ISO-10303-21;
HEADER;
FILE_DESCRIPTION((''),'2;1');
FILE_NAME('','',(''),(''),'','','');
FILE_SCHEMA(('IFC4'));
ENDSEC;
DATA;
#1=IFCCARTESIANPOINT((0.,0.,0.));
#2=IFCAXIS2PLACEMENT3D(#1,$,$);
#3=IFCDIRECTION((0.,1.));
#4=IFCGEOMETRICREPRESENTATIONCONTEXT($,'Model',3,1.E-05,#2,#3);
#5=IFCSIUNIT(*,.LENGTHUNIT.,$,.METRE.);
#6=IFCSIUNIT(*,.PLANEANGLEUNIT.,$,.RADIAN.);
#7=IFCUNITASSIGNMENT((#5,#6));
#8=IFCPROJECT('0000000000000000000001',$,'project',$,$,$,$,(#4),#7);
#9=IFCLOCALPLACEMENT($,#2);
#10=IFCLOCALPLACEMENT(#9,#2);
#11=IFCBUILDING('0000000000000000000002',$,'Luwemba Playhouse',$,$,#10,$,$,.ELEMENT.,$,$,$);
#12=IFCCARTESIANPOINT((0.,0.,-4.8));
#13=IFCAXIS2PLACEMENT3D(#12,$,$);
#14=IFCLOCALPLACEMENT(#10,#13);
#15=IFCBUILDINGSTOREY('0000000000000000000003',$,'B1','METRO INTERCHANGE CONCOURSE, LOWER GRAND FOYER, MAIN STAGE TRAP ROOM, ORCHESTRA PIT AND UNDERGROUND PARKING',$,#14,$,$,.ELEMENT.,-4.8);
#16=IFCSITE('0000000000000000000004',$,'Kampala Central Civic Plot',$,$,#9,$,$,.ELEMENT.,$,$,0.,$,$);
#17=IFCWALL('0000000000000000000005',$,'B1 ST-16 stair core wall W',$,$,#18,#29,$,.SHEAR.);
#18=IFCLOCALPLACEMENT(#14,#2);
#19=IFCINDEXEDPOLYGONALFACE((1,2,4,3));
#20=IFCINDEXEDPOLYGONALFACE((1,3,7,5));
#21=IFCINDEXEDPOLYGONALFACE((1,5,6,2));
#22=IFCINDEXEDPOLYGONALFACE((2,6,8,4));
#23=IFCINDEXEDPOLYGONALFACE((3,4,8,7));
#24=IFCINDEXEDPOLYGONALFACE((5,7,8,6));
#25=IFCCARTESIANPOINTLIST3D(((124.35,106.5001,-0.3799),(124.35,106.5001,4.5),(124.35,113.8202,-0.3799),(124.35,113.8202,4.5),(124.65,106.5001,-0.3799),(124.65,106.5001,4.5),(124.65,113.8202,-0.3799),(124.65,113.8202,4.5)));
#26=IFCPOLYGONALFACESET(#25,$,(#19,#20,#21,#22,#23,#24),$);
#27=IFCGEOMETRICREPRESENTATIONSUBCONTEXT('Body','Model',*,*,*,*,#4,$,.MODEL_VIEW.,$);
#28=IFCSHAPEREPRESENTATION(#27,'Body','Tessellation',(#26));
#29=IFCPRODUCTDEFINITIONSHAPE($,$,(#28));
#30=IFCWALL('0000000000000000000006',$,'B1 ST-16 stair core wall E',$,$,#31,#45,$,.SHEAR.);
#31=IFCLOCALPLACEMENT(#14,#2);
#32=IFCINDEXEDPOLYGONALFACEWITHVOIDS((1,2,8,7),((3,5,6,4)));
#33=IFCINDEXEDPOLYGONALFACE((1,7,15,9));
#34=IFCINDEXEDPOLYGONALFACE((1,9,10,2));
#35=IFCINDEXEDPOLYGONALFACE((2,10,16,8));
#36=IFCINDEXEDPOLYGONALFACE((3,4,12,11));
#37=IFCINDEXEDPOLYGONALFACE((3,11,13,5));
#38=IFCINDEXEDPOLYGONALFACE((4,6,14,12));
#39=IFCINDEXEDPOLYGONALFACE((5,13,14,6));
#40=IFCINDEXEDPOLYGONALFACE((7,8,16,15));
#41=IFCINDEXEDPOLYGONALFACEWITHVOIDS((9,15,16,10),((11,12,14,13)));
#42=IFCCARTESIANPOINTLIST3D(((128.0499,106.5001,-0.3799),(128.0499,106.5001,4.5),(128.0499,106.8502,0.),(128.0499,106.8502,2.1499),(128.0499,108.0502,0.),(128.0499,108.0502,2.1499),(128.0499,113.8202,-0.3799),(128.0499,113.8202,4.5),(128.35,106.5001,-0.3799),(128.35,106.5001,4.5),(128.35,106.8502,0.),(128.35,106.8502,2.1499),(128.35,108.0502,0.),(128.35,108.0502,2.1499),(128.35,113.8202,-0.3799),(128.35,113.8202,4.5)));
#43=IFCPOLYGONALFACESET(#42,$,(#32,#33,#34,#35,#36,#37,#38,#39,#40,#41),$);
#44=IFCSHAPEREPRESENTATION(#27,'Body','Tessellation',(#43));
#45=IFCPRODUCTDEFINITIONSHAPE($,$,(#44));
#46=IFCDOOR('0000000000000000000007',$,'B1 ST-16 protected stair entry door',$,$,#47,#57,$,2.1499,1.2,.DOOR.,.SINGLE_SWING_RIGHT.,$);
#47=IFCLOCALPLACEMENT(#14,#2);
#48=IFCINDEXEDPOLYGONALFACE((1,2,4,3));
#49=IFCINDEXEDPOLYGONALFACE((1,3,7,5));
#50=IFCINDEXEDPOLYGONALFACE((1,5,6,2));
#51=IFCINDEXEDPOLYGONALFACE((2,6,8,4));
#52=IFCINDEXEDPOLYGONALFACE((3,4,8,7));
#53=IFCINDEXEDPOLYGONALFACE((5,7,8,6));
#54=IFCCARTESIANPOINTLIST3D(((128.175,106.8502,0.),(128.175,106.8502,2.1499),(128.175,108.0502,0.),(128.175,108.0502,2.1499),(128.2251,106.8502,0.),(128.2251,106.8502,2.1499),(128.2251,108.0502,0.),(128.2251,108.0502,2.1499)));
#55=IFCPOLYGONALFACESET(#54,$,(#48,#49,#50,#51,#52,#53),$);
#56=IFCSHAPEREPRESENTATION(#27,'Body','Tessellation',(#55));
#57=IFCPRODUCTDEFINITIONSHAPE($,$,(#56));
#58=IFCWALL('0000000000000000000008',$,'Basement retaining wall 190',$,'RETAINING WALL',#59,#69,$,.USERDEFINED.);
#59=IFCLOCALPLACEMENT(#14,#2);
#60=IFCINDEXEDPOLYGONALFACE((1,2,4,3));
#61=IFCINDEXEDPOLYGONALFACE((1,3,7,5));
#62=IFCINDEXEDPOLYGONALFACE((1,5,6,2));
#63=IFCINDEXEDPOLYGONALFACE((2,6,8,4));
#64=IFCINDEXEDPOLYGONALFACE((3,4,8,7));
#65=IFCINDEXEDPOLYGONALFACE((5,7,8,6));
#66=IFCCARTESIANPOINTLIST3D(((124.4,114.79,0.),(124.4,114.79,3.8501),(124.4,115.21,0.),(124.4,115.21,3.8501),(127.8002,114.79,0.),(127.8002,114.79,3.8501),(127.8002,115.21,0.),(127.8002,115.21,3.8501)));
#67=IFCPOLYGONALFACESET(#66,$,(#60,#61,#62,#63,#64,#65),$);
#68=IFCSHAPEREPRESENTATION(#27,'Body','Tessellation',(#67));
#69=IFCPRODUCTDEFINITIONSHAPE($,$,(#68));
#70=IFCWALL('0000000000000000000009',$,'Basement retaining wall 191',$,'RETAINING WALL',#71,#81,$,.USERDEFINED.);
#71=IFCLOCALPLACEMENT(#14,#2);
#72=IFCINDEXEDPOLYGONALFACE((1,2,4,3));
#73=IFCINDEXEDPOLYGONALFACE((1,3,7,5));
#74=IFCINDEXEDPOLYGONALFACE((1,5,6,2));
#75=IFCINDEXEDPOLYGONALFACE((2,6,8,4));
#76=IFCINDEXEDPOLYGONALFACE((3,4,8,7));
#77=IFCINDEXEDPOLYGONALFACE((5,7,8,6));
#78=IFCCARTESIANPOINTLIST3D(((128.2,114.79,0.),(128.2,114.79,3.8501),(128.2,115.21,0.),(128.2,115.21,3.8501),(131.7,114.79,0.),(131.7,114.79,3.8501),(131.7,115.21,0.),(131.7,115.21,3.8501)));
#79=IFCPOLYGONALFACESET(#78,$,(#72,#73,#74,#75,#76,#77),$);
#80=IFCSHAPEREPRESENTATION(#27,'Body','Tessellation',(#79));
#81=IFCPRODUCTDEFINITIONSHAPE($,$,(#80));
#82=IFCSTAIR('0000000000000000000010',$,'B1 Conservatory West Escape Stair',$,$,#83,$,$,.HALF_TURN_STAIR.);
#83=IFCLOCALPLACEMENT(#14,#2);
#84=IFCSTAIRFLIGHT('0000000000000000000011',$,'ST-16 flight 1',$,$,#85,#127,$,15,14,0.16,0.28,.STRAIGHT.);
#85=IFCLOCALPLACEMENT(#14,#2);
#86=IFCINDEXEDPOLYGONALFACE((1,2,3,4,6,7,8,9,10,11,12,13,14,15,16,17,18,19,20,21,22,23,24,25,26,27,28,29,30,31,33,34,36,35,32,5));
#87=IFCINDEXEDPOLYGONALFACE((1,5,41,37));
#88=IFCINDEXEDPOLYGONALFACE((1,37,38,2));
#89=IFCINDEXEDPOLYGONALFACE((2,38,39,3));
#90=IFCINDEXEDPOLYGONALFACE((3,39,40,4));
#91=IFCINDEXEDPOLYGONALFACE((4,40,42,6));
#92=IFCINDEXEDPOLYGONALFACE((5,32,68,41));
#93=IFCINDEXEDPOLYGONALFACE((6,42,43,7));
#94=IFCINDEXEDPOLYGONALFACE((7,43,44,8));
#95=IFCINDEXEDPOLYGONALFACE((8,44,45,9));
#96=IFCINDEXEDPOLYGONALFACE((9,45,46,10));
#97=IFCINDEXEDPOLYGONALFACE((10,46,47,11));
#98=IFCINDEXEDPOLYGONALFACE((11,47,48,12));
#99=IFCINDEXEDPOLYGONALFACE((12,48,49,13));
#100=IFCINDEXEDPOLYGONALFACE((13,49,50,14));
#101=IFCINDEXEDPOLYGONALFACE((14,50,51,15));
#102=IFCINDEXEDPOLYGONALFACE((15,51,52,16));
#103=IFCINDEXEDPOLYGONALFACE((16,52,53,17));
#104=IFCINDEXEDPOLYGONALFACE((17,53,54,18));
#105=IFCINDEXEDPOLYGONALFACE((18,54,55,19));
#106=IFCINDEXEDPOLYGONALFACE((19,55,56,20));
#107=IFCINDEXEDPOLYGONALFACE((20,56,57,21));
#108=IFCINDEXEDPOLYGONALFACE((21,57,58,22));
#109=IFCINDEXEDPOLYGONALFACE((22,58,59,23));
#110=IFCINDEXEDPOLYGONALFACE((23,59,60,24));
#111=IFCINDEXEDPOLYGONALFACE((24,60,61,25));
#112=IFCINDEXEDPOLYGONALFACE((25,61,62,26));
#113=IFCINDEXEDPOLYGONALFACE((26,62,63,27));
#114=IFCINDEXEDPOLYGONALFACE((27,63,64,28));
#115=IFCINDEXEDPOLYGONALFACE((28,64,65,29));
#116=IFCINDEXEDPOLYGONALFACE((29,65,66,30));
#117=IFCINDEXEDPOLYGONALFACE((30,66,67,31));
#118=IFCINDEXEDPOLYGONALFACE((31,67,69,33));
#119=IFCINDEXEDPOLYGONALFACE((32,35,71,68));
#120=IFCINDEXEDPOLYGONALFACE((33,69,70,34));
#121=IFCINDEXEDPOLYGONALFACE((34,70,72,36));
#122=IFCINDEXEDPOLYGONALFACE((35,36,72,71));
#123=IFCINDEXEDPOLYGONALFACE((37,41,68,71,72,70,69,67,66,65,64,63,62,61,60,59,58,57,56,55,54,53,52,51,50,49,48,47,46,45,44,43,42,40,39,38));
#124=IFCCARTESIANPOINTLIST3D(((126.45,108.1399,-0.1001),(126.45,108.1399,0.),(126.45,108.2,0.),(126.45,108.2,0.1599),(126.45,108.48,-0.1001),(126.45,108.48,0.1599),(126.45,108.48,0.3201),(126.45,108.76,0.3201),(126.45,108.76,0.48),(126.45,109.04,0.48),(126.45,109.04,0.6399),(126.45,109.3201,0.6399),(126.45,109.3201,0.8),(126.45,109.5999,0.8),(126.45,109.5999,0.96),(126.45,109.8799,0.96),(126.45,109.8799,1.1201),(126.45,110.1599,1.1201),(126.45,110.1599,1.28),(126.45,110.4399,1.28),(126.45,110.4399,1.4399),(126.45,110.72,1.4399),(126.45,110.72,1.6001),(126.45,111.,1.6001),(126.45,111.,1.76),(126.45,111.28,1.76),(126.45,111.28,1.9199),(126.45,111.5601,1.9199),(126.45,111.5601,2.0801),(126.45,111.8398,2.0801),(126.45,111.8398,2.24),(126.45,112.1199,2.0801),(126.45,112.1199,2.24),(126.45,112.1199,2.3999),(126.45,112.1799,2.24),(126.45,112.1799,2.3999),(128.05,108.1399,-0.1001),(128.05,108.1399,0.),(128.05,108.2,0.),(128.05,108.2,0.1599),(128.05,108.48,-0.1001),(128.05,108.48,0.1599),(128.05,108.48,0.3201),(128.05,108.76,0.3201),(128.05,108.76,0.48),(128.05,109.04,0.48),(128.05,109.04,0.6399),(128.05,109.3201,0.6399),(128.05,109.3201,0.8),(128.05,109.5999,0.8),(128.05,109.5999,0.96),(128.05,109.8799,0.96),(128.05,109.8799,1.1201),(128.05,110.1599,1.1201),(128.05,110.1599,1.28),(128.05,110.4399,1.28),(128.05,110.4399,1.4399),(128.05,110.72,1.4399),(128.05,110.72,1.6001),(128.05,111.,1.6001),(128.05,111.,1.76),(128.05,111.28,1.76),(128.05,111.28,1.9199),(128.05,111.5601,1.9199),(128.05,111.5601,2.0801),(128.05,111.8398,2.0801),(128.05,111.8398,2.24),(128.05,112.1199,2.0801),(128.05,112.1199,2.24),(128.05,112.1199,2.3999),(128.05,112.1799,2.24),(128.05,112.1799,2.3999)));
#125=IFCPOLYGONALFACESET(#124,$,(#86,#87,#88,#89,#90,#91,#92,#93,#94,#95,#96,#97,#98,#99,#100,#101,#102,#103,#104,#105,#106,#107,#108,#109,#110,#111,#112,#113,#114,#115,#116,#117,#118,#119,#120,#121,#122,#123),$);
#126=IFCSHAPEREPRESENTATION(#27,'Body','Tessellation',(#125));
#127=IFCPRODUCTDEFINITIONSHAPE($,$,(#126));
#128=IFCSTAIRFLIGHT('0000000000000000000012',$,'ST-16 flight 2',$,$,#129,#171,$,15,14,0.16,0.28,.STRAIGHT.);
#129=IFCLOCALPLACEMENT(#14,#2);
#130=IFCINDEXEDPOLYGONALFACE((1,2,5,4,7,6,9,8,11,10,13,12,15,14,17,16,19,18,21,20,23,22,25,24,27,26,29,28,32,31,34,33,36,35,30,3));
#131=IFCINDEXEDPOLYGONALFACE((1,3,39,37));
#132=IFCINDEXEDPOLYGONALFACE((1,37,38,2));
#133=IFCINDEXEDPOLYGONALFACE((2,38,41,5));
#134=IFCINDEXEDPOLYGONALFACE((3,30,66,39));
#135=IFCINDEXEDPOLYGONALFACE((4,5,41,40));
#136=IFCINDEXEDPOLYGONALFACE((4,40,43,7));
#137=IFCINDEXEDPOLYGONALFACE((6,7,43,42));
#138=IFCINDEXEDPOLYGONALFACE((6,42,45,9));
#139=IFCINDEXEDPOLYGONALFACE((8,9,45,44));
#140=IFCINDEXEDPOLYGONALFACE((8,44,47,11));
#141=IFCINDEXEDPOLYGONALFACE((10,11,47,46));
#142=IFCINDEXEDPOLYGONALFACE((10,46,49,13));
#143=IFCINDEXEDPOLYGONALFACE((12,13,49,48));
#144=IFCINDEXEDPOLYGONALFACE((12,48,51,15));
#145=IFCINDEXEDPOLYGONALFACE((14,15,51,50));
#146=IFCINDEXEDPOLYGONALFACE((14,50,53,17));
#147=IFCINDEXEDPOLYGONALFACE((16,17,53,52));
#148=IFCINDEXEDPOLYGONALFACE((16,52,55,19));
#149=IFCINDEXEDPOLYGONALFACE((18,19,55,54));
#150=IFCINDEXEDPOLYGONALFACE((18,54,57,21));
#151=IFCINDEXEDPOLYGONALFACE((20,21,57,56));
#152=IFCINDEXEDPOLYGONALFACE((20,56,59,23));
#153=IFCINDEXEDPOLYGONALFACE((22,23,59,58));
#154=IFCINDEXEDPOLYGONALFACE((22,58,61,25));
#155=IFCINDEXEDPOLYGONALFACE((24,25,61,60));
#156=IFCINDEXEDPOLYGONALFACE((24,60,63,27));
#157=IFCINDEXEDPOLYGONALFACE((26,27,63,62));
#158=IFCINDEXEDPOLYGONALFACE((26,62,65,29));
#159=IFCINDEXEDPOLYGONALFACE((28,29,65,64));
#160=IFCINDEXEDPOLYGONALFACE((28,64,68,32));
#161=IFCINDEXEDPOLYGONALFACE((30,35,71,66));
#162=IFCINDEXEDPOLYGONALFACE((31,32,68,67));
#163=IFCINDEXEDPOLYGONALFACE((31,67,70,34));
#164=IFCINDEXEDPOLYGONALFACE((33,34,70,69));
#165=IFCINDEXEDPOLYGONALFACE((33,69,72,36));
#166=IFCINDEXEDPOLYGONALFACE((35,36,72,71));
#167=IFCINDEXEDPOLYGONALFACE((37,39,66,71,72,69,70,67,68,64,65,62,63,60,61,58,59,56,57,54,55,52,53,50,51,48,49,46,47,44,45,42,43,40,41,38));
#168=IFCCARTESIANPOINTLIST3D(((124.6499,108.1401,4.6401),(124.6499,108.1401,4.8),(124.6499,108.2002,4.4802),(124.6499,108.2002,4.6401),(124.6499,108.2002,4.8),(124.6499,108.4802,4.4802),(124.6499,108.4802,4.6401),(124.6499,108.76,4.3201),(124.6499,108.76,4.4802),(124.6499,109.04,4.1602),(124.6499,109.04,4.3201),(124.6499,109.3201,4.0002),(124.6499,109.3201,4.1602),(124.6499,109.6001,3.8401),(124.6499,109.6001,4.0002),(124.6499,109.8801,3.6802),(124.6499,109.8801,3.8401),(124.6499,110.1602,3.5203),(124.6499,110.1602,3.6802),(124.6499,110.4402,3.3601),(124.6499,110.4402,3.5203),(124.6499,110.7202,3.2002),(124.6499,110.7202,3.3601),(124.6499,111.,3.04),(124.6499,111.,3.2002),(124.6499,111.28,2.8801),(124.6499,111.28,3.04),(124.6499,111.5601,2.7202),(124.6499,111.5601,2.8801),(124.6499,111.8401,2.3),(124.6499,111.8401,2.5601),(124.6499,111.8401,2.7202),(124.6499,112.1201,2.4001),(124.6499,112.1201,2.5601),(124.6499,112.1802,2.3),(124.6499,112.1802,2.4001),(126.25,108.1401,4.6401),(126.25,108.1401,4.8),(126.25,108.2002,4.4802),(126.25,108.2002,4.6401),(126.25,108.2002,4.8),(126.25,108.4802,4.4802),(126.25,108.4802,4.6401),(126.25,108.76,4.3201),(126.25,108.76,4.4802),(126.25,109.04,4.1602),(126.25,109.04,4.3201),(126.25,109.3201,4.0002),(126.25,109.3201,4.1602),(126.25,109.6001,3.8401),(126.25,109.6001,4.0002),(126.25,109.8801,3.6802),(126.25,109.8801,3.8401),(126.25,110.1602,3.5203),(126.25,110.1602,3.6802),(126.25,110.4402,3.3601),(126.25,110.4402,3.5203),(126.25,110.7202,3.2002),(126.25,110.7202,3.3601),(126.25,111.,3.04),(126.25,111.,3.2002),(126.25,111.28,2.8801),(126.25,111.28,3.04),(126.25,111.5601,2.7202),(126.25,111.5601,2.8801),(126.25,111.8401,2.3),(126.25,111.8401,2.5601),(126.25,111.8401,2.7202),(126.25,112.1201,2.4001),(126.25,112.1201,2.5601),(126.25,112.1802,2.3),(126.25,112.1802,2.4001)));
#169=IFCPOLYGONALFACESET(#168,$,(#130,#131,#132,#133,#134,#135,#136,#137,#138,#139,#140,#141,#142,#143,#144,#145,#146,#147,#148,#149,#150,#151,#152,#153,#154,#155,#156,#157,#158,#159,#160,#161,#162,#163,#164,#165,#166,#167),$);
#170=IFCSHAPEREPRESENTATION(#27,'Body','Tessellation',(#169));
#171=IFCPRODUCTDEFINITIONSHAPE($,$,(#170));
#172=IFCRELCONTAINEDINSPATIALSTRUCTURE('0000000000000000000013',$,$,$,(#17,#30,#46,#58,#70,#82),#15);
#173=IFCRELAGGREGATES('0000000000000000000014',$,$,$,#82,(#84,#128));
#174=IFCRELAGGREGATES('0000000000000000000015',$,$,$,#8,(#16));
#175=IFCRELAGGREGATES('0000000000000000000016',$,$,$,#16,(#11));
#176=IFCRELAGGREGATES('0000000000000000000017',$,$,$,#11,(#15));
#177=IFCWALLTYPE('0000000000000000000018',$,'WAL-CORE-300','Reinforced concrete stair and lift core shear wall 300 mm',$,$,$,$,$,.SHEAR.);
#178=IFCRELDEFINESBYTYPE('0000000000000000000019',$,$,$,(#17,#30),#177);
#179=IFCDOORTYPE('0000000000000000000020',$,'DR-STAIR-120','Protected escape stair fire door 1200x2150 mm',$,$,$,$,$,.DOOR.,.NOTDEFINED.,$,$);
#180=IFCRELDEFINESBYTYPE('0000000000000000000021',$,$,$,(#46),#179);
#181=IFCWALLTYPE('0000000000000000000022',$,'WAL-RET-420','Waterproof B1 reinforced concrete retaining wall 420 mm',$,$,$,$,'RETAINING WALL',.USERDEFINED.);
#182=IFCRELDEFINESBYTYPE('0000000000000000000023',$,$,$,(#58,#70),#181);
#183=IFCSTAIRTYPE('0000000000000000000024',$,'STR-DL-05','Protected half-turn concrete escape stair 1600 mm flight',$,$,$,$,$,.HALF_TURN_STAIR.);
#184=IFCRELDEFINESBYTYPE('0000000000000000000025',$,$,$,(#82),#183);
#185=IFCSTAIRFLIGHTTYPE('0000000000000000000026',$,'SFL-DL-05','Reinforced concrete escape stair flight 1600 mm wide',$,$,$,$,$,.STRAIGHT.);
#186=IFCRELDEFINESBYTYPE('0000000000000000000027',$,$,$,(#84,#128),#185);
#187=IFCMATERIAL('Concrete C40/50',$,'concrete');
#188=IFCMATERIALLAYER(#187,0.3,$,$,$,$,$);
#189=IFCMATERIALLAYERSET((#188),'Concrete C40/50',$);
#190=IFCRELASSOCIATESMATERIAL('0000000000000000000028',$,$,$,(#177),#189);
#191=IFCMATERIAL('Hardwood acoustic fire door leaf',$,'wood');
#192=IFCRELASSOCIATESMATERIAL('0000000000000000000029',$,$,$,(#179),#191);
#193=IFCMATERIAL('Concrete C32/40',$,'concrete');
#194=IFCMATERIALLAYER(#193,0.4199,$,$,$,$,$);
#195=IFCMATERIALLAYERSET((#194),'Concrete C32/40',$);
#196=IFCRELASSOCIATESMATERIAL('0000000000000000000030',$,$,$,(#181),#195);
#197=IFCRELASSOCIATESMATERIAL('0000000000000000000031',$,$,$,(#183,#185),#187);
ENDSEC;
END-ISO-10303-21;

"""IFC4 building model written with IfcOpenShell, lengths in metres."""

from ifc_helpers import new_model, si_unit, direction, frame, frame_2d, origin, place, context, subcontext, project, spatial, polyline, rectangle, outline, extrude, material, layer, layer_set, type_object, element, fill, aggregate, save


model = new_model("IFC4")

# Units and contexts
model_context = context("Model", 3, precision=1e-05, world=origin(), true_north=direction((0.0, 1.0)))
body_context = subcontext(model_context, "Body", "Model", "MODEL_VIEW")
ifc_project = project(units=[si_unit("LENGTHUNIT", "METRE"), si_unit("PLANEANGLEUNIT", "RADIAN")], contexts=[model_context])

# Site, building, storey
site_placement = place(None, origin())
site = spatial("IfcSite", under=ifc_project, at=site_placement, Name="Kampala Central Civic Plot", CompositionType="ELEMENT", RefElevation=0.0)
building_placement = place(site_placement, origin())
building = spatial("IfcBuilding", under=site, at=building_placement, Name="Luwemba Playhouse", CompositionType="ELEMENT")
storey_placement = place(building_placement, frame((0.0, 0.0, -4.8)))
storey = spatial("IfcBuildingStorey", under=building, at=storey_placement, Name="B1", Description="METRO INTERCHANGE CONCOURSE, LOWER GRAND FOYER, MAIN STAGE TRAP ROOM, ORCHESTRA PIT AND UNDERGROUND PARKING", CompositionType="ELEMENT", Elevation=-4.8)

# Shared definitions
ifc_material_1 = material(Name="Concrete C32/40", Category="concrete")

# Shared definitions
ifc_material_2 = material(Name="Concrete C40/50", Category="concrete")

# Wall
ifc_layer_1 = layer(ifc_material_2, 0.3)
ifc_layer_set_1 = layer_set([ifc_layer_1], Name="Concrete C40/50")
wall_type_1 = type_object("IfcWallType", Name="WAL-CORE-300", Description="Reinforced concrete stair and lift core shear wall 300 mm", PredefinedType="SHEAR", material=ifc_layer_set_1)
wall_1_placement = place(storey_placement, frame((124.5, 106.5, -0.3799), z_axis=(0.0, 0.0, 1.0), x_axis=(0.0, 1.0, 0.0)))
element("IfcWall", 1, at=wall_1_placement, inside=storey, type_object=wall_type_1, Name="B1 ST-16 stair core wall W", PredefinedType="SHEAR", context=body_context, shape_type="SweptSolid", body=[
    extrude(rectangle(XDim=7.3201, YDim=0.3, at=frame_2d((3.6602, 0.0))), origin(), (0.0, 0.0, 1.0), 4.8799),
])

# Wall, opening, door
wall_2_placement = place(storey_placement, frame((128.2, 106.5, -0.3799), z_axis=(0.0, 0.0, 1.0), x_axis=(0.0, 1.0, 0.0)))
wall_2 = element("IfcWall", 2, at=wall_2_placement, inside=storey, type_object=wall_type_1, Name="B1 ST-16 stair core wall E", PredefinedType="SHEAR", context=body_context, shape_type="SweptSolid", body=[
    extrude(rectangle(XDim=7.3201, YDim=0.3, at=frame_2d((3.6602, 0.0))), origin(), (0.0, 0.0, 1.0), 4.8799),
])
opening_placement = place(wall_2_placement, frame((0.3501, 0.0, 0.3799)))
opening = element("IfcOpeningElement", 3, at=opening_placement, cuts=wall_2, PredefinedType="OPENING", context=body_context, shape_type="SweptSolid", body=[
    extrude(rectangle(XDim=1.2, YDim=2.1499, at=frame_2d((0.6001, 1.075))), frame((0.0, 0.1599, 0.0), z_axis=(0.0, -1.0, 0.0), x_axis=(1.0, 0.0, 0.0)), (0.0, 0.0, 1.0), 0.3201),
])
ifc_material_3 = material(Name="Hardwood acoustic fire door leaf", Category="wood")
door_type = type_object("IfcDoorType", Name="DR-STAIR-120", Description="Protected escape stair fire door 1200x2150 mm", OperationType="NOTDEFINED", PredefinedType="DOOR", material=ifc_material_3)
door_placement = place(opening_placement, origin())
door = element("IfcDoor", 4, at=door_placement, inside=storey, type_object=door_type, Name="B1 ST-16 protected stair entry door", OperationType="SINGLE_SWING_RIGHT", OverallHeight=2.1499, OverallWidth=1.2, PredefinedType="DOOR", context=body_context, shape_type="SweptSolid", body=[
    extrude(rectangle(XDim=1.2, YDim=2.1499, at=frame_2d((0.6001, 1.075))), frame((0.0, 0.0249, 0.0), z_axis=(0.0, -1.0, 0.0), x_axis=(1.0, 0.0, 0.0)), (0.0, 0.0, 1.0), 0.05),
])
fill(opening, door)

# Walls
ifc_layer_2 = layer(ifc_material_1, 0.4199)
ifc_layer_set_2 = layer_set([ifc_layer_2], Name="Concrete C32/40")
wall_type_2 = type_object("IfcWallType", Name="WAL-RET-420", Description="Waterproof B1 reinforced concrete retaining wall 420 mm", ElementType="RETAINING WALL", PredefinedType="USERDEFINED", material=ifc_layer_set_2)
wall_3_placement = place(storey_placement, frame((124.3999, 115.0, 0.0), z_axis=(0.0, 0.0, 1.0), x_axis=(1.0, 0.0, 0.0)))
element("IfcWall", 5, at=wall_3_placement, inside=storey, type_object=wall_type_2, Name="Basement retaining wall 190", ObjectType="RETAINING WALL", PredefinedType="USERDEFINED", context=body_context, shape_type="SweptSolid", body=[
    extrude(rectangle(XDim=3.4001, YDim=0.4199, at=frame_2d((1.7002, 0.0))), origin(), (0.0, 0.0, 1.0), 3.8501),
])
wall_4_placement = place(storey_placement, frame((128.2, 115.0, 0.0), z_axis=(0.0, 0.0, 1.0), x_axis=(1.0, 0.0, 0.0)))
element("IfcWall", 6, at=wall_4_placement, inside=storey, type_object=wall_type_2, Name="Basement retaining wall 191", ObjectType="RETAINING WALL", PredefinedType="USERDEFINED", context=body_context, shape_type="SweptSolid", body=[
    extrude(rectangle(XDim=3.5, YDim=0.4199, at=frame_2d((1.75, 0.0))), origin(), (0.0, 0.0, 1.0), 3.8501),
])

# Stair, stair flights
stair_type = type_object("IfcStairType", Name="STR-DL-05", Description="Protected half-turn concrete escape stair 1600 mm flight", PredefinedType="HALF_TURN_STAIR", material=ifc_material_2)
stair_placement = place(storey_placement, origin())
stair = element("IfcStair", 7, at=stair_placement, inside=storey, type_object=stair_type, Name="B1 Conservatory West Escape Stair", PredefinedType="HALF_TURN_STAIR")
stair_flight_type = type_object("IfcStairFlightType", Name="SFL-DL-05", Description="Reinforced concrete escape stair flight 1600 mm wide", PredefinedType="STRAIGHT", material=ifc_material_2)
stair_flight_1_placement = place(storey_placement, frame((127.25, 108.2, 0.0), z_axis=(0.0, 0.0, 1.0), x_axis=(0.0, 1.0, 0.0)))
stair_flight_1 = element("IfcStairFlight", 8, at=stair_flight_1_placement, type_object=stair_flight_type, Name="ST-16 flight 1", NumberOfRisers=15, NumberOfTreads=14, PredefinedType="STRAIGHT", RiserHeight=0.16, TreadLength=0.28, context=body_context, shape_type="SweptSolid", body=[
    extrude(outline(polyline([(-0.0601, -0.1001), (-0.0601, 0.0), (0.0, 0.0), (0.0, 0.1599), (0.28, 0.1599), (0.28, 0.3201), (0.5601, 0.3201), (0.5601, 0.48), (0.8401, 0.48), (0.8401, 0.6399), (1.1201, 0.6399), (1.1201, 0.8), (1.3999, 0.8), (1.3999, 0.96), (1.6799, 0.96), (1.6799, 1.1201), (1.96, 1.1201), (1.96, 1.28), (2.24, 1.28), (2.24, 1.4399), (2.52, 1.4399), (2.52, 1.6001), (2.8, 1.6001), (2.8, 1.76), (3.0801, 1.76), (3.0801, 1.9199), (3.3601, 1.9199), (3.3601, 2.0801), (3.6399, 2.0801), (3.6399, 2.24), (3.9199, 2.24), (3.9199, 2.3999), (3.98, 2.3999), (3.98, 2.24), (3.9199, 2.0801), (0.28, -0.1001), (-0.0601, -0.1001)])), frame((0.0, 0.8, 0.0), z_axis=(0.0, -1.0, 0.0), x_axis=(1.0, 0.0, 0.0)), (0.0, 0.0, 1.0), 1.6001),
])
stair_flight_2_placement = place(storey_placement, frame((125.45, 112.1201, 2.4001), z_axis=(0.0, 0.0, 1.0), x_axis=(0.0, -1.0, 0.0)))
stair_flight_2 = element("IfcStairFlight", 9, at=stair_flight_2_placement, type_object=stair_flight_type, Name="ST-16 flight 2", NumberOfRisers=15, NumberOfTreads=14, PredefinedType="STRAIGHT", RiserHeight=0.16, TreadLength=0.28, context=body_context, shape_type="SweptSolid", body=[
    extrude(outline(polyline([(-0.0601, -0.1001), (-0.0601, 0.0), (0.0, 0.0), (0.0, 0.1599), (0.28, 0.1599), (0.28, 0.3201), (0.5601, 0.3201), (0.5601, 0.48), (0.8401, 0.48), (0.8401, 0.6399), (1.1201, 0.6399), (1.1201, 0.8), (1.3999, 0.8), (1.3999, 0.96), (1.6799, 0.96), (1.6799, 1.1201), (1.96, 1.1201), (1.96, 1.28), (2.24, 1.28), (2.24, 1.4399), (2.52, 1.4399), (2.52, 1.6001), (2.8, 1.6001), (2.8, 1.76), (3.0801, 1.76), (3.0801, 1.9199), (3.3601, 1.9199), (3.3601, 2.0801), (3.6399, 2.0801), (3.6399, 2.24), (3.9199, 2.24), (3.9199, 2.3999), (3.98, 2.3999), (3.98, 2.24), (3.9199, 2.0801), (0.28, -0.1001), (-0.0601, -0.1001)])), frame((0.0, 0.8, 0.0), z_axis=(0.0, -1.0, 0.0), x_axis=(1.0, 0.0, 0.0)), (0.0, 0.0, 1.0), 1.6001),
])
aggregate(stair, [stair_flight_1, stair_flight_2])

save(model, "model.ifc")
